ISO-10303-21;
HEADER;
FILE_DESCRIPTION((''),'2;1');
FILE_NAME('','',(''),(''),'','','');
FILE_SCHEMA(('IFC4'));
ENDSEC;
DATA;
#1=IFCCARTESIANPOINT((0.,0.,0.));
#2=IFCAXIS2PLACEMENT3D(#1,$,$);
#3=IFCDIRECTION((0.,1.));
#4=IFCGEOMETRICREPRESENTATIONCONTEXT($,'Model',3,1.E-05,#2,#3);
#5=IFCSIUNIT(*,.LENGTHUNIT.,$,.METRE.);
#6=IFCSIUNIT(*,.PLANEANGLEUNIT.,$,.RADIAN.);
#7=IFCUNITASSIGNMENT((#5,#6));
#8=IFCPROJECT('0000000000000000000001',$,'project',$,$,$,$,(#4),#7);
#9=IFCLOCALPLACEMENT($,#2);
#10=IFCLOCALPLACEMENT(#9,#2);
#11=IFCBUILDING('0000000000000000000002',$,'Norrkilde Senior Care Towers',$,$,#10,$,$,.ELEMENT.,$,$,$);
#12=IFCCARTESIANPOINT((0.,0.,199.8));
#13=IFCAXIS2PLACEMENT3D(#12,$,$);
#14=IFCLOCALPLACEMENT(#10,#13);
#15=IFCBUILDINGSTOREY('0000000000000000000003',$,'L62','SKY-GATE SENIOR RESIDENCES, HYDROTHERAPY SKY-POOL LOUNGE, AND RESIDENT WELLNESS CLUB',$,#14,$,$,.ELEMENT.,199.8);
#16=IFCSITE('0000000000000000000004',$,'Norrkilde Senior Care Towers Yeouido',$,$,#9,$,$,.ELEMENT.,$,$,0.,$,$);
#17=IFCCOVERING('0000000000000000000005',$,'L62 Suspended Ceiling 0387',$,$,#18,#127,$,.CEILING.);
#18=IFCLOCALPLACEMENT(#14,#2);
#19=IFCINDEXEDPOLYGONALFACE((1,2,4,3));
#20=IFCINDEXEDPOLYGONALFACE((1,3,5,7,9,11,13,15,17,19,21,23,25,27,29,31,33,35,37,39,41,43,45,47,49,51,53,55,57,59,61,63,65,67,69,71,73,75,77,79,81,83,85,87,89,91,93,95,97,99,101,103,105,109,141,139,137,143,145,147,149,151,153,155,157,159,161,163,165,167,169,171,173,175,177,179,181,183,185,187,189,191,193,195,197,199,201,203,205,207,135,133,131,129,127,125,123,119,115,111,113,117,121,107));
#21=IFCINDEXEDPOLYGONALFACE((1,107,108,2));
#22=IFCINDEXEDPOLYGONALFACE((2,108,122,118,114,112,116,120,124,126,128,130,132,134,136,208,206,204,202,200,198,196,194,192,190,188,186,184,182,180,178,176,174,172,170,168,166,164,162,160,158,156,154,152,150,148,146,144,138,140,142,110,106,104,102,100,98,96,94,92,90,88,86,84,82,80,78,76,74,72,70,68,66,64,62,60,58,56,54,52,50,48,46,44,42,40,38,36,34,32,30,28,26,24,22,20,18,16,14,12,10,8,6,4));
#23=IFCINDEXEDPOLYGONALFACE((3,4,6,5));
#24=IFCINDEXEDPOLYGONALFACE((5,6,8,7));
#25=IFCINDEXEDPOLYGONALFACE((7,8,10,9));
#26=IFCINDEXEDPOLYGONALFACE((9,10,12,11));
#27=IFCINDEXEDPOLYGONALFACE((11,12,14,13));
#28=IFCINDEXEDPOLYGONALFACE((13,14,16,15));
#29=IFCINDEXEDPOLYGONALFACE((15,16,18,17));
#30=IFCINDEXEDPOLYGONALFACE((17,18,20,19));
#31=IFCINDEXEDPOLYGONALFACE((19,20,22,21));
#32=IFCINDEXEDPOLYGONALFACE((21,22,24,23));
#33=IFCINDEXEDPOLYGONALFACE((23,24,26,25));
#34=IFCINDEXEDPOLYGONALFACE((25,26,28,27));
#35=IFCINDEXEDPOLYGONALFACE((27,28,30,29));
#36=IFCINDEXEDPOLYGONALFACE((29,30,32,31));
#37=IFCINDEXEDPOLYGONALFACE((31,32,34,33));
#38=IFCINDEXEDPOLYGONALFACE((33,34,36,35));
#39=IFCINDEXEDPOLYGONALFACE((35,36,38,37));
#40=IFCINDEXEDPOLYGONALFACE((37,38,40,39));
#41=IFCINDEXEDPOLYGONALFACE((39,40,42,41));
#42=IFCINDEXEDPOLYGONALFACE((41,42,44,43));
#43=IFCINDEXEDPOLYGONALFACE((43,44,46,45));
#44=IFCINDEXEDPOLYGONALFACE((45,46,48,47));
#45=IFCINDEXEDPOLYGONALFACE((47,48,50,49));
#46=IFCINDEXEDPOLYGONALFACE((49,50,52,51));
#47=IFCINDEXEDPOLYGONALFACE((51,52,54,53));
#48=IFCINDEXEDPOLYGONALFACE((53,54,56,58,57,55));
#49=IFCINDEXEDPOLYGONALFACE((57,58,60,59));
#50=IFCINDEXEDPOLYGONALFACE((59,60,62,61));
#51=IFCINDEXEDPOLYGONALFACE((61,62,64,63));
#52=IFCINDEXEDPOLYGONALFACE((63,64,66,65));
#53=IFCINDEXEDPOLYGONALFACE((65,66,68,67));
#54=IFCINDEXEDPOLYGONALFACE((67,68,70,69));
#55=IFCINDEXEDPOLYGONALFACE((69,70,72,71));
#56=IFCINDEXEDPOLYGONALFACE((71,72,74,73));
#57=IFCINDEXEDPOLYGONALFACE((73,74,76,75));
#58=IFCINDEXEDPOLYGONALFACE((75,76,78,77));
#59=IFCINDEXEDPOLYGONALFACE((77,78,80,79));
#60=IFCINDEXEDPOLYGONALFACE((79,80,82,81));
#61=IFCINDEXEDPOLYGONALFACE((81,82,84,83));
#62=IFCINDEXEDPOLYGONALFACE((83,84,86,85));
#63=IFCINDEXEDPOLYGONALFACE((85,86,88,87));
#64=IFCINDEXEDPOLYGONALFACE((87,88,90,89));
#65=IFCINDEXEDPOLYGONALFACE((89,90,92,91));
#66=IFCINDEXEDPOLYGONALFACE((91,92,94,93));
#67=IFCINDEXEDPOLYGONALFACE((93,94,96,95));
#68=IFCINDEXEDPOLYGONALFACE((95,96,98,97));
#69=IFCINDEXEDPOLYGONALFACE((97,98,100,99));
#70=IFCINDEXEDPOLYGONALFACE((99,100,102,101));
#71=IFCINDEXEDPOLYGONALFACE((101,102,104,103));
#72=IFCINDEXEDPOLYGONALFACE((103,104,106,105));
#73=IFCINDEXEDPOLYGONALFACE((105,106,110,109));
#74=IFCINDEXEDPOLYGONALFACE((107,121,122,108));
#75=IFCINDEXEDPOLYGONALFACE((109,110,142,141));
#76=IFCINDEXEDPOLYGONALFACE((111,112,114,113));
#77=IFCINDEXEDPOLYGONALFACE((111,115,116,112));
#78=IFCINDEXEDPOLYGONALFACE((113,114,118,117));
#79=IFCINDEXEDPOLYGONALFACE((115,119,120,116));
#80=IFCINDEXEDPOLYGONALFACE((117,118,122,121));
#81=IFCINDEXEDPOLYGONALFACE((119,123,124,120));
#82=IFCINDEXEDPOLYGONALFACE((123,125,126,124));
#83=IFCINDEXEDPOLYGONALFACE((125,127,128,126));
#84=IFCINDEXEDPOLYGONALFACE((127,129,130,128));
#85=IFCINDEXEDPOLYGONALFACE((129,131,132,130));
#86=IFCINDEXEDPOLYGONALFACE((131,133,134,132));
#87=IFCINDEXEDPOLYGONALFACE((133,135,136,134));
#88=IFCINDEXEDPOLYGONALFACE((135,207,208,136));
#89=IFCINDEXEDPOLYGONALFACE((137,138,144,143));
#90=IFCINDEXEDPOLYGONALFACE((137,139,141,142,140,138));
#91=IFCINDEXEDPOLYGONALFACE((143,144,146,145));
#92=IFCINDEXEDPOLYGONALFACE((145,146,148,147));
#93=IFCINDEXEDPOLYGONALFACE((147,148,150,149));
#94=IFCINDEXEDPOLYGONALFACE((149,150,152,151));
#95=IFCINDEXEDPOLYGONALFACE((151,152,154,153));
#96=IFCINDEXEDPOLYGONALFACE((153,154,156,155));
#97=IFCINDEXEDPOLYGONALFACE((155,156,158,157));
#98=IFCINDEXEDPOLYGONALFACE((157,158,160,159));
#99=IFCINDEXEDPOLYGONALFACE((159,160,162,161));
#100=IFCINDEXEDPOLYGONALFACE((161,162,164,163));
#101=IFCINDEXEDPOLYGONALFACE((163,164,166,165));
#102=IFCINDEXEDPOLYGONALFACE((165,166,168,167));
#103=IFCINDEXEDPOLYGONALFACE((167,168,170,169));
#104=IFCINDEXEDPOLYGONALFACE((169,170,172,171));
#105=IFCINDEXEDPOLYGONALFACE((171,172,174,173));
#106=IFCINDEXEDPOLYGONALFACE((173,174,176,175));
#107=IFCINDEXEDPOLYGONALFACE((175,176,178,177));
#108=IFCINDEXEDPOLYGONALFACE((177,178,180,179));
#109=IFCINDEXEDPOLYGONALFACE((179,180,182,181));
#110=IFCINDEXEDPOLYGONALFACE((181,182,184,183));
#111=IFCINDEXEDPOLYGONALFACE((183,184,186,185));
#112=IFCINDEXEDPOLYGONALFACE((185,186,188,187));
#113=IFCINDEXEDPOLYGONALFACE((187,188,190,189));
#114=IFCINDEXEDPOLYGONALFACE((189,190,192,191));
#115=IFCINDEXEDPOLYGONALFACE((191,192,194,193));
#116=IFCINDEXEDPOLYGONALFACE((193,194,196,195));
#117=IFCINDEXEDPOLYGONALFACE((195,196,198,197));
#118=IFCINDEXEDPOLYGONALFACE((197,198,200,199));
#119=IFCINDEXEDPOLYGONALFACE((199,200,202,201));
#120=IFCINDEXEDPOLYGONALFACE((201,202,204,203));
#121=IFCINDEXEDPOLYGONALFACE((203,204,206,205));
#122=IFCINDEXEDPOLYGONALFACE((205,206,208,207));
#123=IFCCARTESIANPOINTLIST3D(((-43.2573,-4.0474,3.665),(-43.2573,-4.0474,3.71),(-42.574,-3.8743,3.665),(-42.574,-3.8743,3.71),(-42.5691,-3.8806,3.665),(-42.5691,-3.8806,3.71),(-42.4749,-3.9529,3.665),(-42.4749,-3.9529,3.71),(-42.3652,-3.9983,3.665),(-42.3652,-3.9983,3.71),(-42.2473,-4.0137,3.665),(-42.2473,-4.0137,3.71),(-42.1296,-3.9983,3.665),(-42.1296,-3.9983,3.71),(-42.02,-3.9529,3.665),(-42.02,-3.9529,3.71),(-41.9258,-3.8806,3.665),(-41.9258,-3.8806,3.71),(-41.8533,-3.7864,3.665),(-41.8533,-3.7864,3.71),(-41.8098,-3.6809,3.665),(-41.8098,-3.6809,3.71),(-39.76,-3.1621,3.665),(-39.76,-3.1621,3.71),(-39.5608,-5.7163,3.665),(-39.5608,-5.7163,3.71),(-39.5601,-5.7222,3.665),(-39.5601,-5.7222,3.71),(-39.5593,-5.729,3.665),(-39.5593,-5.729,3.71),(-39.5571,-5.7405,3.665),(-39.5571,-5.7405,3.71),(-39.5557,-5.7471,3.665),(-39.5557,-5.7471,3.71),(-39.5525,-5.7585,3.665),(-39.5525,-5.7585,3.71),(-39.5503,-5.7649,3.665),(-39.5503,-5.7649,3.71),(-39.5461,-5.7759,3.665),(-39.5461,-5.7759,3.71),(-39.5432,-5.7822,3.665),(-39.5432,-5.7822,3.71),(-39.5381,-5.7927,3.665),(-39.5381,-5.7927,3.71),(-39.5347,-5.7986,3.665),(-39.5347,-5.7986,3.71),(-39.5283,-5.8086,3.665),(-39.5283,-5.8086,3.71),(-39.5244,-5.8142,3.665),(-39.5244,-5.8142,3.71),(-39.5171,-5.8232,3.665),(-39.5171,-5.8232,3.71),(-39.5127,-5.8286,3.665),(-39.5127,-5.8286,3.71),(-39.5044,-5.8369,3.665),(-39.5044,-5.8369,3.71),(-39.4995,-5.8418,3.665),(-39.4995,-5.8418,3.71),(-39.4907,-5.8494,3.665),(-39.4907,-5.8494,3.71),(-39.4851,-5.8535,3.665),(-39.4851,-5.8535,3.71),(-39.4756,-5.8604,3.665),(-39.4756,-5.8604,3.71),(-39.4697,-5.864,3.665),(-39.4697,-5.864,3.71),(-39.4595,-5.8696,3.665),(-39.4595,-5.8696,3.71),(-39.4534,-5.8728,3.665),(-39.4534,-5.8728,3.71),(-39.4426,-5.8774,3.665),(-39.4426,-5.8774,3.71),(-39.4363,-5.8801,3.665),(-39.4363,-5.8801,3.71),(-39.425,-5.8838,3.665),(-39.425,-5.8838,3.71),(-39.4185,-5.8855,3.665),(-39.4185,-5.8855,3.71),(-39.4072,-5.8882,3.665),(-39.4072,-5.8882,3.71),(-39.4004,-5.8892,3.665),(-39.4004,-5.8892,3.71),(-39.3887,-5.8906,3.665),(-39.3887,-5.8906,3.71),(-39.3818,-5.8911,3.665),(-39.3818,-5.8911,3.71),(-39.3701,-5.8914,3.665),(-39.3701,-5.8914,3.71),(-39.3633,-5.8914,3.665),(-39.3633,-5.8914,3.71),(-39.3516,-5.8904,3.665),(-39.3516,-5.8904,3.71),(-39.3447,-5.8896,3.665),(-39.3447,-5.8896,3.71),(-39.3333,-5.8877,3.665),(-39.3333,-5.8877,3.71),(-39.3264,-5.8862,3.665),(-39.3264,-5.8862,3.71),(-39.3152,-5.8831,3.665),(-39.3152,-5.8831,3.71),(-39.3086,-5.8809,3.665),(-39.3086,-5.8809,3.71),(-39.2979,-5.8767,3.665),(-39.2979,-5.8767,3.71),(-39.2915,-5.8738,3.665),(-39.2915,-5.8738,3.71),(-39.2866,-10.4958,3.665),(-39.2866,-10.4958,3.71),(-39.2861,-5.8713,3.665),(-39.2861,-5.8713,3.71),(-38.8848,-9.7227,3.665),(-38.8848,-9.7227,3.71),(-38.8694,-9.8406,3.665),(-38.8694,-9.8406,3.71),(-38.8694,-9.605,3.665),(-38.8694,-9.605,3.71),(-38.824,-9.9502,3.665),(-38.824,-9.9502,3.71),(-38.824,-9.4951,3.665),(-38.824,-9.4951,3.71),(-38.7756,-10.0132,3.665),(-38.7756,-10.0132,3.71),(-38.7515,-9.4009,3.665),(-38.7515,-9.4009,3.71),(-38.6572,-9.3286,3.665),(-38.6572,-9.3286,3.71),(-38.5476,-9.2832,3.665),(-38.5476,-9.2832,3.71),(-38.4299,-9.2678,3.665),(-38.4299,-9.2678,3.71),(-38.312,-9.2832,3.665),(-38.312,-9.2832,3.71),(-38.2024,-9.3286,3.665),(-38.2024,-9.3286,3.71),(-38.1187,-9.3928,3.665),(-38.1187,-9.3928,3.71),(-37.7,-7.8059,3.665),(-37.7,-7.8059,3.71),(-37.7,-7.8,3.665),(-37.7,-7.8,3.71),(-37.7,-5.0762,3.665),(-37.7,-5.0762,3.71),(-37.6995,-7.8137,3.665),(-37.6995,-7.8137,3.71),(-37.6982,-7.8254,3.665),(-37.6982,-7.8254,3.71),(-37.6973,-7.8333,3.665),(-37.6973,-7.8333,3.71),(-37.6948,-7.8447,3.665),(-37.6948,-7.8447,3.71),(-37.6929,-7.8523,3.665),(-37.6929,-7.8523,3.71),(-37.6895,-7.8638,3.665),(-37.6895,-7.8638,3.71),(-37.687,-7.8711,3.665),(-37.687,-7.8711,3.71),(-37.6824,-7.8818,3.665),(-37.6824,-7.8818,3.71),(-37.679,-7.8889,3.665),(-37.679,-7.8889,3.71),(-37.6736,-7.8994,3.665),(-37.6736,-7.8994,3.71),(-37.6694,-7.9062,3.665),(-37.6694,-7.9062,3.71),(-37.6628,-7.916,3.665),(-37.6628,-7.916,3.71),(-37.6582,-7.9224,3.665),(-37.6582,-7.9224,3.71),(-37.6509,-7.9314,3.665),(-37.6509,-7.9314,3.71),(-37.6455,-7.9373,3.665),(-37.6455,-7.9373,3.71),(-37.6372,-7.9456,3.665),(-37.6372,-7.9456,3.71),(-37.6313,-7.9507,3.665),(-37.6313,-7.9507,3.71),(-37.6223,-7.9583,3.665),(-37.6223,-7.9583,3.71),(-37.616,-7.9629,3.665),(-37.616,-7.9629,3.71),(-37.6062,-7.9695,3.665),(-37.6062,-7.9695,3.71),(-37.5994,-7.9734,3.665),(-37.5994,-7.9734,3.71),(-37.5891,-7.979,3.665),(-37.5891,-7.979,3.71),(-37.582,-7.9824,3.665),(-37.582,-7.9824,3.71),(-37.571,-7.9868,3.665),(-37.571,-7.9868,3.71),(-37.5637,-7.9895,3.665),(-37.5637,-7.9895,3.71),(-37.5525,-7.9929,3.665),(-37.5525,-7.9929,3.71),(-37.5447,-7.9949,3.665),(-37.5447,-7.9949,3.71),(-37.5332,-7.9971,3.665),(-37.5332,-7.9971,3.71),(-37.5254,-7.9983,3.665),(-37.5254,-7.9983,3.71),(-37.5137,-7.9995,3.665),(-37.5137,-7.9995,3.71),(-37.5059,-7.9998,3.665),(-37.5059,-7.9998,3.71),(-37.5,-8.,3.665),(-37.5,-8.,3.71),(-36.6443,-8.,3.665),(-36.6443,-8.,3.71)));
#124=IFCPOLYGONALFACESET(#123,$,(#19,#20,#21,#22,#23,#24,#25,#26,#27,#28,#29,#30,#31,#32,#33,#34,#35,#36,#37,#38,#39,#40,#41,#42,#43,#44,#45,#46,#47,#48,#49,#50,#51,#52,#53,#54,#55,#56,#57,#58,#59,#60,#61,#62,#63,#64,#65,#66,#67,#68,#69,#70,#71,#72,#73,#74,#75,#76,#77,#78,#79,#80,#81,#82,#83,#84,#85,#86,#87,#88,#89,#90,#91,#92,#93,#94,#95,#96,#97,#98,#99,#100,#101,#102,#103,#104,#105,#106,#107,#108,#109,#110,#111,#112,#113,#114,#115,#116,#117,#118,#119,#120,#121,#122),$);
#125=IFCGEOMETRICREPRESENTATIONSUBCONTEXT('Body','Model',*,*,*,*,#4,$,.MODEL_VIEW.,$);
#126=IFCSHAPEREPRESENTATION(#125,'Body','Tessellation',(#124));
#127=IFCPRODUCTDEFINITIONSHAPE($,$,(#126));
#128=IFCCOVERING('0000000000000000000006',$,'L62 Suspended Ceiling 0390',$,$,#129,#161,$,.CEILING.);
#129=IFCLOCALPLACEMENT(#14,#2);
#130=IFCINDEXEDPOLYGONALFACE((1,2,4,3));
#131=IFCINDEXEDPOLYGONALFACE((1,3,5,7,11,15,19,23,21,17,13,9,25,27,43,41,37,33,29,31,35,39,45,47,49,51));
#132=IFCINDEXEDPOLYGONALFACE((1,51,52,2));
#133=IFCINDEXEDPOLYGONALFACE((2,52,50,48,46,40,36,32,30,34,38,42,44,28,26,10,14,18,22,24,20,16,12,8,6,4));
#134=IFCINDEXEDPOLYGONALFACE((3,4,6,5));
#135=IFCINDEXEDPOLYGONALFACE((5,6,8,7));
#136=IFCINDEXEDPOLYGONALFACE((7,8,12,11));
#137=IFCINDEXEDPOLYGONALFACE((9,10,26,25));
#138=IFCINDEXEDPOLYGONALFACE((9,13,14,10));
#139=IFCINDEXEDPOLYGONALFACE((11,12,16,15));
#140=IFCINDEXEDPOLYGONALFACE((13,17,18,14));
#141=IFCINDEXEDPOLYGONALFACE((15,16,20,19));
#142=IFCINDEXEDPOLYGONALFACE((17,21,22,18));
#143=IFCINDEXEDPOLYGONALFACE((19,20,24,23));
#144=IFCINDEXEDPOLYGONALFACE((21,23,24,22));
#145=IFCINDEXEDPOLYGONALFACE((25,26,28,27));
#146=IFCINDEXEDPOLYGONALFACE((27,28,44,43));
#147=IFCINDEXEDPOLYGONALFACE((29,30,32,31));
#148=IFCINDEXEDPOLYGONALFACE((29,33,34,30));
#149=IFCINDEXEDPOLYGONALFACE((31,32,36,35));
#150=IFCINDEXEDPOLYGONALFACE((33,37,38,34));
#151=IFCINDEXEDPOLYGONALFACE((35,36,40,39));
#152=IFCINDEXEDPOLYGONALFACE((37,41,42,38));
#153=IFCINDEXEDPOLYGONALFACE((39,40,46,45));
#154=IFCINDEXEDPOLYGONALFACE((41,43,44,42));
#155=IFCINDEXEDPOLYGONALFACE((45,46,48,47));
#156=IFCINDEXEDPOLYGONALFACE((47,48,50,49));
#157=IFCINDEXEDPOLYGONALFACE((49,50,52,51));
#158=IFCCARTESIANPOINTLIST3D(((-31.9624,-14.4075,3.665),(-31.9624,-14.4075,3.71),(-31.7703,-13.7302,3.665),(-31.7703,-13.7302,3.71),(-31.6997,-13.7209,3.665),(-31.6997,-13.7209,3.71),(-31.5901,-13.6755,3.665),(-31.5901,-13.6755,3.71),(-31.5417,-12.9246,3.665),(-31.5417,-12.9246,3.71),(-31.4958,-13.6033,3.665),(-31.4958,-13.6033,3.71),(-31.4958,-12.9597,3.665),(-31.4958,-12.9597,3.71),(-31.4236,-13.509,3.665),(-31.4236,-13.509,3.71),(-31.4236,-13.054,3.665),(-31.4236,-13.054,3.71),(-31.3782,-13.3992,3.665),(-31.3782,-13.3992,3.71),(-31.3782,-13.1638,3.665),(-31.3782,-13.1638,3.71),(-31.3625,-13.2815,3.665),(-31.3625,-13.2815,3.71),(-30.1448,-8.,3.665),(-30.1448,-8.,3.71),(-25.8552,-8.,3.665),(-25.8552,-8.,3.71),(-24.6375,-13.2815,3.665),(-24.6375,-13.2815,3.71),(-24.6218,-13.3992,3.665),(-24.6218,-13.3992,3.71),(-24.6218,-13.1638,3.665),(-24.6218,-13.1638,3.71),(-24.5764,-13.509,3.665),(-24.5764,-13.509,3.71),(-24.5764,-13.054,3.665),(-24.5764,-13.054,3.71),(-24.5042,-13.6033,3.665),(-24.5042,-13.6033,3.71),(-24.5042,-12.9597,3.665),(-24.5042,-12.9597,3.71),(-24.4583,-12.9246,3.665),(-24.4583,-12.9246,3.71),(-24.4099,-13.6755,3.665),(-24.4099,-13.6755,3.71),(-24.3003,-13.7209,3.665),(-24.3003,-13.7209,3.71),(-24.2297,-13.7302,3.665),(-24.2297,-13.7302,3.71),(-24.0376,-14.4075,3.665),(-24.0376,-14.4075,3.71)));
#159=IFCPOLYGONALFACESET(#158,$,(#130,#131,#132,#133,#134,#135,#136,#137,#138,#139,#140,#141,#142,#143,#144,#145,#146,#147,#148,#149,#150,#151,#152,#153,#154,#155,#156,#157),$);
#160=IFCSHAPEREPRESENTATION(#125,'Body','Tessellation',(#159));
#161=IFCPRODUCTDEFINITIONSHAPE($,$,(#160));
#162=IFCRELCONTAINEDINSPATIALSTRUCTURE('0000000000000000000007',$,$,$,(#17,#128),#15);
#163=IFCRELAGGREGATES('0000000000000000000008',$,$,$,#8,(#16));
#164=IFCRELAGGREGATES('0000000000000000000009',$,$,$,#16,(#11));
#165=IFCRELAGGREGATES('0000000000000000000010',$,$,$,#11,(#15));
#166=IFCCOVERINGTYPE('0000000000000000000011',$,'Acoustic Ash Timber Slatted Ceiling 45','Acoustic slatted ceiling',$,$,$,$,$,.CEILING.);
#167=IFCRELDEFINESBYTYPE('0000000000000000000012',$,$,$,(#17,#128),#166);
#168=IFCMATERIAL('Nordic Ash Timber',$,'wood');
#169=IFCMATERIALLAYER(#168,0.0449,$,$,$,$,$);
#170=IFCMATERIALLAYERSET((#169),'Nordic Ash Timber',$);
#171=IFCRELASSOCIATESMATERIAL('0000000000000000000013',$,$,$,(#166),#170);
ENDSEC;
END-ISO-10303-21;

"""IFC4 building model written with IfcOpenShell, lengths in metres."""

from ifc_helpers import new_model, si_unit, direction, frame, origin, place, context, subcontext, project, spatial, polyline, outline, extrude, material, layer, layer_set, type_object, element, save


model = new_model("IFC4")

# Units and contexts
model_context = context("Model", 3, precision=1e-05, world=origin(), true_north=direction((0.0, 1.0)))
body_context = subcontext(model_context, "Body", "Model", "MODEL_VIEW")
ifc_project = project(units=[si_unit("LENGTHUNIT", "METRE"), si_unit("PLANEANGLEUNIT", "RADIAN")], contexts=[model_context])

# Site, building, storey
site_placement = place(None, origin())
site = spatial("IfcSite", under=ifc_project, at=site_placement, Name="Norrkilde Senior Care Towers Yeouido", CompositionType="ELEMENT", RefElevation=0.0)
building_placement = place(site_placement, origin())
building = spatial("IfcBuilding", under=site, at=building_placement, Name="Norrkilde Senior Care Towers", CompositionType="ELEMENT")
storey_placement = place(building_placement, frame((0.0, 0.0, 199.8)))
storey = spatial("IfcBuildingStorey", under=building, at=storey_placement, Name="L62", Description="SKY-GATE SENIOR RESIDENCES, HYDROTHERAPY SKY-POOL LOUNGE, AND RESIDENT WELLNESS CLUB", CompositionType="ELEMENT", Elevation=199.8)

# Coverings
ifc_material_1 = material(Name="Nordic Ash Timber", Category="wood")
ifc_layer_1 = layer(ifc_material_1, 0.0449)
ifc_layer_set_1 = layer_set([ifc_layer_1], Name="Nordic Ash Timber")
covering_type_1 = type_object("IfcCoveringType", Name="Acoustic Ash Timber Slatted Ceiling 45", Description="Acoustic slatted ceiling", PredefinedType="CEILING", material=ifc_layer_set_1)
covering_1_placement = place(storey_placement, frame((0.0, 0.0, 3.665)))
element("IfcCovering", 1, at=covering_1_placement, inside=storey, type_object=covering_type_1, Name="L62 Suspended Ceiling 0387", PredefinedType="CEILING", context=body_context, shape_type="SweptSolid", body=[
    extrude(outline(polyline([(-39.5557, -5.7471), (-39.5525, -5.7585), (-39.5503, -5.7649), (-39.5461, -5.7759), (-39.5432, -5.7822), (-39.5381, -5.7927), (-39.5347, -5.7986), (-39.5283, -5.8086), (-39.5244, -5.8142), (-39.5171, -5.8232), (-39.5127, -5.8286), (-39.5044, -5.8369), (-39.4995, -5.8418), (-39.4907, -5.8494), (-39.4851, -5.8535), (-39.4756, -5.8604), (-39.4697, -5.864), (-39.4595, -5.8696), (-39.4534, -5.8728), (-39.4426, -5.8774), (-39.4363, -5.8801), (-39.425, -5.8838), (-39.4185, -5.8855), (-39.4072, -5.8882), (-39.4004, -5.8892), (-39.3887, -5.8906), (-39.3818, -5.8911), (-39.3701, -5.8914), (-39.3633, -5.8914), (-39.3516, -5.8904), (-39.3447, -5.8896), (-39.3333, -5.8877), (-39.3264, -5.8862), (-39.3152, -5.8831), (-39.3086, -5.8809), (-39.2979, -5.8767), (-39.2915, -5.8738), (-39.2861, -5.8713), (-37.7, -5.0762), (-37.7, -7.8), (-37.7, -7.8059), (-37.6995, -7.8137), (-37.6982, -7.8254), (-37.6973, -7.8333), (-37.6948, -7.8447), (-37.6929, -7.8523), (-37.6895, -7.8638), (-37.687, -7.8711), (-37.6824, -7.8818), (-37.679, -7.8889), (-37.6736, -7.8994), (-37.6694, -7.9062), (-37.6628, -7.916), (-37.6582, -7.9224), (-37.6509, -7.9314), (-37.6455, -7.9373), (-37.6372, -7.9456), (-37.6313, -7.9507), (-37.6223, -7.9583), (-37.616, -7.9629), (-37.6062, -7.9695), (-37.5994, -7.9734), (-37.5891, -7.979), (-37.582, -7.9824), (-37.571, -7.9868), (-37.5637, -7.9895), (-37.5525, -7.9929), (-37.5447, -7.9949), (-37.5332, -7.9971), (-37.5254, -7.9983), (-37.5137, -7.9995), (-37.5059, -7.9998), (-37.5, -8.0), (-36.6443, -8.0), (-38.1187, -9.3928), (-38.2024, -9.3286), (-38.312, -9.2832), (-38.4299, -9.2678), (-38.5476, -9.2832), (-38.6572, -9.3286), (-38.7515, -9.4009), (-38.824, -9.4951), (-38.8694, -9.605), (-38.8848, -9.7227), (-38.8694, -9.8406), (-38.824, -9.9502), (-38.7756, -10.0132), (-39.2866, -10.4958), (-43.2573, -4.0474), (-42.574, -3.8743), (-42.5691, -3.8806), (-42.4749, -3.9529), (-42.3652, -3.9983), (-42.2473, -4.0137), (-42.1296, -3.9983), (-42.02, -3.9529), (-41.9258, -3.8806), (-41.8533, -3.7864), (-41.8098, -3.6809), (-39.76, -3.1621), (-39.5608, -5.7163), (-39.5601, -5.7222), (-39.5593, -5.729), (-39.5571, -5.7405), (-39.5557, -5.7471)])), origin(), (0.0, 0.0, 1.0), 0.0449),
])
covering_2_placement = place(storey_placement, frame((0.0, 0.0, 3.665)))
element("IfcCovering", 2, at=covering_2_placement, inside=storey, type_object=covering_type_1, Name="L62 Suspended Ceiling 0390", PredefinedType="CEILING", context=body_context, shape_type="SweptSolid", body=[
    extrude(outline(polyline([(-31.9624, -14.4075), (-31.7703, -13.7302), (-31.6997, -13.7209), (-31.5901, -13.6755), (-31.4958, -13.6033), (-31.4236, -13.509), (-31.3782, -13.3992), (-31.3625, -13.2815), (-31.3782, -13.1638), (-31.4236, -13.054), (-31.4958, -12.9597), (-31.5417, -12.9246), (-30.1448, -8.0), (-25.8552, -8.0), (-24.4583, -12.9246), (-24.5042, -12.9597), (-24.5764, -13.054), (-24.6218, -13.1638), (-24.6375, -13.2815), (-24.6218, -13.3992), (-24.5764, -13.509), (-24.5042, -13.6033), (-24.4099, -13.6755), (-24.3003, -13.7209), (-24.2297, -13.7302), (-24.0376, -14.4075), (-31.9624, -14.4075)])), origin(), (0.0, 0.0, 1.0), 0.0449),
])

save(model, "model.ifc")
